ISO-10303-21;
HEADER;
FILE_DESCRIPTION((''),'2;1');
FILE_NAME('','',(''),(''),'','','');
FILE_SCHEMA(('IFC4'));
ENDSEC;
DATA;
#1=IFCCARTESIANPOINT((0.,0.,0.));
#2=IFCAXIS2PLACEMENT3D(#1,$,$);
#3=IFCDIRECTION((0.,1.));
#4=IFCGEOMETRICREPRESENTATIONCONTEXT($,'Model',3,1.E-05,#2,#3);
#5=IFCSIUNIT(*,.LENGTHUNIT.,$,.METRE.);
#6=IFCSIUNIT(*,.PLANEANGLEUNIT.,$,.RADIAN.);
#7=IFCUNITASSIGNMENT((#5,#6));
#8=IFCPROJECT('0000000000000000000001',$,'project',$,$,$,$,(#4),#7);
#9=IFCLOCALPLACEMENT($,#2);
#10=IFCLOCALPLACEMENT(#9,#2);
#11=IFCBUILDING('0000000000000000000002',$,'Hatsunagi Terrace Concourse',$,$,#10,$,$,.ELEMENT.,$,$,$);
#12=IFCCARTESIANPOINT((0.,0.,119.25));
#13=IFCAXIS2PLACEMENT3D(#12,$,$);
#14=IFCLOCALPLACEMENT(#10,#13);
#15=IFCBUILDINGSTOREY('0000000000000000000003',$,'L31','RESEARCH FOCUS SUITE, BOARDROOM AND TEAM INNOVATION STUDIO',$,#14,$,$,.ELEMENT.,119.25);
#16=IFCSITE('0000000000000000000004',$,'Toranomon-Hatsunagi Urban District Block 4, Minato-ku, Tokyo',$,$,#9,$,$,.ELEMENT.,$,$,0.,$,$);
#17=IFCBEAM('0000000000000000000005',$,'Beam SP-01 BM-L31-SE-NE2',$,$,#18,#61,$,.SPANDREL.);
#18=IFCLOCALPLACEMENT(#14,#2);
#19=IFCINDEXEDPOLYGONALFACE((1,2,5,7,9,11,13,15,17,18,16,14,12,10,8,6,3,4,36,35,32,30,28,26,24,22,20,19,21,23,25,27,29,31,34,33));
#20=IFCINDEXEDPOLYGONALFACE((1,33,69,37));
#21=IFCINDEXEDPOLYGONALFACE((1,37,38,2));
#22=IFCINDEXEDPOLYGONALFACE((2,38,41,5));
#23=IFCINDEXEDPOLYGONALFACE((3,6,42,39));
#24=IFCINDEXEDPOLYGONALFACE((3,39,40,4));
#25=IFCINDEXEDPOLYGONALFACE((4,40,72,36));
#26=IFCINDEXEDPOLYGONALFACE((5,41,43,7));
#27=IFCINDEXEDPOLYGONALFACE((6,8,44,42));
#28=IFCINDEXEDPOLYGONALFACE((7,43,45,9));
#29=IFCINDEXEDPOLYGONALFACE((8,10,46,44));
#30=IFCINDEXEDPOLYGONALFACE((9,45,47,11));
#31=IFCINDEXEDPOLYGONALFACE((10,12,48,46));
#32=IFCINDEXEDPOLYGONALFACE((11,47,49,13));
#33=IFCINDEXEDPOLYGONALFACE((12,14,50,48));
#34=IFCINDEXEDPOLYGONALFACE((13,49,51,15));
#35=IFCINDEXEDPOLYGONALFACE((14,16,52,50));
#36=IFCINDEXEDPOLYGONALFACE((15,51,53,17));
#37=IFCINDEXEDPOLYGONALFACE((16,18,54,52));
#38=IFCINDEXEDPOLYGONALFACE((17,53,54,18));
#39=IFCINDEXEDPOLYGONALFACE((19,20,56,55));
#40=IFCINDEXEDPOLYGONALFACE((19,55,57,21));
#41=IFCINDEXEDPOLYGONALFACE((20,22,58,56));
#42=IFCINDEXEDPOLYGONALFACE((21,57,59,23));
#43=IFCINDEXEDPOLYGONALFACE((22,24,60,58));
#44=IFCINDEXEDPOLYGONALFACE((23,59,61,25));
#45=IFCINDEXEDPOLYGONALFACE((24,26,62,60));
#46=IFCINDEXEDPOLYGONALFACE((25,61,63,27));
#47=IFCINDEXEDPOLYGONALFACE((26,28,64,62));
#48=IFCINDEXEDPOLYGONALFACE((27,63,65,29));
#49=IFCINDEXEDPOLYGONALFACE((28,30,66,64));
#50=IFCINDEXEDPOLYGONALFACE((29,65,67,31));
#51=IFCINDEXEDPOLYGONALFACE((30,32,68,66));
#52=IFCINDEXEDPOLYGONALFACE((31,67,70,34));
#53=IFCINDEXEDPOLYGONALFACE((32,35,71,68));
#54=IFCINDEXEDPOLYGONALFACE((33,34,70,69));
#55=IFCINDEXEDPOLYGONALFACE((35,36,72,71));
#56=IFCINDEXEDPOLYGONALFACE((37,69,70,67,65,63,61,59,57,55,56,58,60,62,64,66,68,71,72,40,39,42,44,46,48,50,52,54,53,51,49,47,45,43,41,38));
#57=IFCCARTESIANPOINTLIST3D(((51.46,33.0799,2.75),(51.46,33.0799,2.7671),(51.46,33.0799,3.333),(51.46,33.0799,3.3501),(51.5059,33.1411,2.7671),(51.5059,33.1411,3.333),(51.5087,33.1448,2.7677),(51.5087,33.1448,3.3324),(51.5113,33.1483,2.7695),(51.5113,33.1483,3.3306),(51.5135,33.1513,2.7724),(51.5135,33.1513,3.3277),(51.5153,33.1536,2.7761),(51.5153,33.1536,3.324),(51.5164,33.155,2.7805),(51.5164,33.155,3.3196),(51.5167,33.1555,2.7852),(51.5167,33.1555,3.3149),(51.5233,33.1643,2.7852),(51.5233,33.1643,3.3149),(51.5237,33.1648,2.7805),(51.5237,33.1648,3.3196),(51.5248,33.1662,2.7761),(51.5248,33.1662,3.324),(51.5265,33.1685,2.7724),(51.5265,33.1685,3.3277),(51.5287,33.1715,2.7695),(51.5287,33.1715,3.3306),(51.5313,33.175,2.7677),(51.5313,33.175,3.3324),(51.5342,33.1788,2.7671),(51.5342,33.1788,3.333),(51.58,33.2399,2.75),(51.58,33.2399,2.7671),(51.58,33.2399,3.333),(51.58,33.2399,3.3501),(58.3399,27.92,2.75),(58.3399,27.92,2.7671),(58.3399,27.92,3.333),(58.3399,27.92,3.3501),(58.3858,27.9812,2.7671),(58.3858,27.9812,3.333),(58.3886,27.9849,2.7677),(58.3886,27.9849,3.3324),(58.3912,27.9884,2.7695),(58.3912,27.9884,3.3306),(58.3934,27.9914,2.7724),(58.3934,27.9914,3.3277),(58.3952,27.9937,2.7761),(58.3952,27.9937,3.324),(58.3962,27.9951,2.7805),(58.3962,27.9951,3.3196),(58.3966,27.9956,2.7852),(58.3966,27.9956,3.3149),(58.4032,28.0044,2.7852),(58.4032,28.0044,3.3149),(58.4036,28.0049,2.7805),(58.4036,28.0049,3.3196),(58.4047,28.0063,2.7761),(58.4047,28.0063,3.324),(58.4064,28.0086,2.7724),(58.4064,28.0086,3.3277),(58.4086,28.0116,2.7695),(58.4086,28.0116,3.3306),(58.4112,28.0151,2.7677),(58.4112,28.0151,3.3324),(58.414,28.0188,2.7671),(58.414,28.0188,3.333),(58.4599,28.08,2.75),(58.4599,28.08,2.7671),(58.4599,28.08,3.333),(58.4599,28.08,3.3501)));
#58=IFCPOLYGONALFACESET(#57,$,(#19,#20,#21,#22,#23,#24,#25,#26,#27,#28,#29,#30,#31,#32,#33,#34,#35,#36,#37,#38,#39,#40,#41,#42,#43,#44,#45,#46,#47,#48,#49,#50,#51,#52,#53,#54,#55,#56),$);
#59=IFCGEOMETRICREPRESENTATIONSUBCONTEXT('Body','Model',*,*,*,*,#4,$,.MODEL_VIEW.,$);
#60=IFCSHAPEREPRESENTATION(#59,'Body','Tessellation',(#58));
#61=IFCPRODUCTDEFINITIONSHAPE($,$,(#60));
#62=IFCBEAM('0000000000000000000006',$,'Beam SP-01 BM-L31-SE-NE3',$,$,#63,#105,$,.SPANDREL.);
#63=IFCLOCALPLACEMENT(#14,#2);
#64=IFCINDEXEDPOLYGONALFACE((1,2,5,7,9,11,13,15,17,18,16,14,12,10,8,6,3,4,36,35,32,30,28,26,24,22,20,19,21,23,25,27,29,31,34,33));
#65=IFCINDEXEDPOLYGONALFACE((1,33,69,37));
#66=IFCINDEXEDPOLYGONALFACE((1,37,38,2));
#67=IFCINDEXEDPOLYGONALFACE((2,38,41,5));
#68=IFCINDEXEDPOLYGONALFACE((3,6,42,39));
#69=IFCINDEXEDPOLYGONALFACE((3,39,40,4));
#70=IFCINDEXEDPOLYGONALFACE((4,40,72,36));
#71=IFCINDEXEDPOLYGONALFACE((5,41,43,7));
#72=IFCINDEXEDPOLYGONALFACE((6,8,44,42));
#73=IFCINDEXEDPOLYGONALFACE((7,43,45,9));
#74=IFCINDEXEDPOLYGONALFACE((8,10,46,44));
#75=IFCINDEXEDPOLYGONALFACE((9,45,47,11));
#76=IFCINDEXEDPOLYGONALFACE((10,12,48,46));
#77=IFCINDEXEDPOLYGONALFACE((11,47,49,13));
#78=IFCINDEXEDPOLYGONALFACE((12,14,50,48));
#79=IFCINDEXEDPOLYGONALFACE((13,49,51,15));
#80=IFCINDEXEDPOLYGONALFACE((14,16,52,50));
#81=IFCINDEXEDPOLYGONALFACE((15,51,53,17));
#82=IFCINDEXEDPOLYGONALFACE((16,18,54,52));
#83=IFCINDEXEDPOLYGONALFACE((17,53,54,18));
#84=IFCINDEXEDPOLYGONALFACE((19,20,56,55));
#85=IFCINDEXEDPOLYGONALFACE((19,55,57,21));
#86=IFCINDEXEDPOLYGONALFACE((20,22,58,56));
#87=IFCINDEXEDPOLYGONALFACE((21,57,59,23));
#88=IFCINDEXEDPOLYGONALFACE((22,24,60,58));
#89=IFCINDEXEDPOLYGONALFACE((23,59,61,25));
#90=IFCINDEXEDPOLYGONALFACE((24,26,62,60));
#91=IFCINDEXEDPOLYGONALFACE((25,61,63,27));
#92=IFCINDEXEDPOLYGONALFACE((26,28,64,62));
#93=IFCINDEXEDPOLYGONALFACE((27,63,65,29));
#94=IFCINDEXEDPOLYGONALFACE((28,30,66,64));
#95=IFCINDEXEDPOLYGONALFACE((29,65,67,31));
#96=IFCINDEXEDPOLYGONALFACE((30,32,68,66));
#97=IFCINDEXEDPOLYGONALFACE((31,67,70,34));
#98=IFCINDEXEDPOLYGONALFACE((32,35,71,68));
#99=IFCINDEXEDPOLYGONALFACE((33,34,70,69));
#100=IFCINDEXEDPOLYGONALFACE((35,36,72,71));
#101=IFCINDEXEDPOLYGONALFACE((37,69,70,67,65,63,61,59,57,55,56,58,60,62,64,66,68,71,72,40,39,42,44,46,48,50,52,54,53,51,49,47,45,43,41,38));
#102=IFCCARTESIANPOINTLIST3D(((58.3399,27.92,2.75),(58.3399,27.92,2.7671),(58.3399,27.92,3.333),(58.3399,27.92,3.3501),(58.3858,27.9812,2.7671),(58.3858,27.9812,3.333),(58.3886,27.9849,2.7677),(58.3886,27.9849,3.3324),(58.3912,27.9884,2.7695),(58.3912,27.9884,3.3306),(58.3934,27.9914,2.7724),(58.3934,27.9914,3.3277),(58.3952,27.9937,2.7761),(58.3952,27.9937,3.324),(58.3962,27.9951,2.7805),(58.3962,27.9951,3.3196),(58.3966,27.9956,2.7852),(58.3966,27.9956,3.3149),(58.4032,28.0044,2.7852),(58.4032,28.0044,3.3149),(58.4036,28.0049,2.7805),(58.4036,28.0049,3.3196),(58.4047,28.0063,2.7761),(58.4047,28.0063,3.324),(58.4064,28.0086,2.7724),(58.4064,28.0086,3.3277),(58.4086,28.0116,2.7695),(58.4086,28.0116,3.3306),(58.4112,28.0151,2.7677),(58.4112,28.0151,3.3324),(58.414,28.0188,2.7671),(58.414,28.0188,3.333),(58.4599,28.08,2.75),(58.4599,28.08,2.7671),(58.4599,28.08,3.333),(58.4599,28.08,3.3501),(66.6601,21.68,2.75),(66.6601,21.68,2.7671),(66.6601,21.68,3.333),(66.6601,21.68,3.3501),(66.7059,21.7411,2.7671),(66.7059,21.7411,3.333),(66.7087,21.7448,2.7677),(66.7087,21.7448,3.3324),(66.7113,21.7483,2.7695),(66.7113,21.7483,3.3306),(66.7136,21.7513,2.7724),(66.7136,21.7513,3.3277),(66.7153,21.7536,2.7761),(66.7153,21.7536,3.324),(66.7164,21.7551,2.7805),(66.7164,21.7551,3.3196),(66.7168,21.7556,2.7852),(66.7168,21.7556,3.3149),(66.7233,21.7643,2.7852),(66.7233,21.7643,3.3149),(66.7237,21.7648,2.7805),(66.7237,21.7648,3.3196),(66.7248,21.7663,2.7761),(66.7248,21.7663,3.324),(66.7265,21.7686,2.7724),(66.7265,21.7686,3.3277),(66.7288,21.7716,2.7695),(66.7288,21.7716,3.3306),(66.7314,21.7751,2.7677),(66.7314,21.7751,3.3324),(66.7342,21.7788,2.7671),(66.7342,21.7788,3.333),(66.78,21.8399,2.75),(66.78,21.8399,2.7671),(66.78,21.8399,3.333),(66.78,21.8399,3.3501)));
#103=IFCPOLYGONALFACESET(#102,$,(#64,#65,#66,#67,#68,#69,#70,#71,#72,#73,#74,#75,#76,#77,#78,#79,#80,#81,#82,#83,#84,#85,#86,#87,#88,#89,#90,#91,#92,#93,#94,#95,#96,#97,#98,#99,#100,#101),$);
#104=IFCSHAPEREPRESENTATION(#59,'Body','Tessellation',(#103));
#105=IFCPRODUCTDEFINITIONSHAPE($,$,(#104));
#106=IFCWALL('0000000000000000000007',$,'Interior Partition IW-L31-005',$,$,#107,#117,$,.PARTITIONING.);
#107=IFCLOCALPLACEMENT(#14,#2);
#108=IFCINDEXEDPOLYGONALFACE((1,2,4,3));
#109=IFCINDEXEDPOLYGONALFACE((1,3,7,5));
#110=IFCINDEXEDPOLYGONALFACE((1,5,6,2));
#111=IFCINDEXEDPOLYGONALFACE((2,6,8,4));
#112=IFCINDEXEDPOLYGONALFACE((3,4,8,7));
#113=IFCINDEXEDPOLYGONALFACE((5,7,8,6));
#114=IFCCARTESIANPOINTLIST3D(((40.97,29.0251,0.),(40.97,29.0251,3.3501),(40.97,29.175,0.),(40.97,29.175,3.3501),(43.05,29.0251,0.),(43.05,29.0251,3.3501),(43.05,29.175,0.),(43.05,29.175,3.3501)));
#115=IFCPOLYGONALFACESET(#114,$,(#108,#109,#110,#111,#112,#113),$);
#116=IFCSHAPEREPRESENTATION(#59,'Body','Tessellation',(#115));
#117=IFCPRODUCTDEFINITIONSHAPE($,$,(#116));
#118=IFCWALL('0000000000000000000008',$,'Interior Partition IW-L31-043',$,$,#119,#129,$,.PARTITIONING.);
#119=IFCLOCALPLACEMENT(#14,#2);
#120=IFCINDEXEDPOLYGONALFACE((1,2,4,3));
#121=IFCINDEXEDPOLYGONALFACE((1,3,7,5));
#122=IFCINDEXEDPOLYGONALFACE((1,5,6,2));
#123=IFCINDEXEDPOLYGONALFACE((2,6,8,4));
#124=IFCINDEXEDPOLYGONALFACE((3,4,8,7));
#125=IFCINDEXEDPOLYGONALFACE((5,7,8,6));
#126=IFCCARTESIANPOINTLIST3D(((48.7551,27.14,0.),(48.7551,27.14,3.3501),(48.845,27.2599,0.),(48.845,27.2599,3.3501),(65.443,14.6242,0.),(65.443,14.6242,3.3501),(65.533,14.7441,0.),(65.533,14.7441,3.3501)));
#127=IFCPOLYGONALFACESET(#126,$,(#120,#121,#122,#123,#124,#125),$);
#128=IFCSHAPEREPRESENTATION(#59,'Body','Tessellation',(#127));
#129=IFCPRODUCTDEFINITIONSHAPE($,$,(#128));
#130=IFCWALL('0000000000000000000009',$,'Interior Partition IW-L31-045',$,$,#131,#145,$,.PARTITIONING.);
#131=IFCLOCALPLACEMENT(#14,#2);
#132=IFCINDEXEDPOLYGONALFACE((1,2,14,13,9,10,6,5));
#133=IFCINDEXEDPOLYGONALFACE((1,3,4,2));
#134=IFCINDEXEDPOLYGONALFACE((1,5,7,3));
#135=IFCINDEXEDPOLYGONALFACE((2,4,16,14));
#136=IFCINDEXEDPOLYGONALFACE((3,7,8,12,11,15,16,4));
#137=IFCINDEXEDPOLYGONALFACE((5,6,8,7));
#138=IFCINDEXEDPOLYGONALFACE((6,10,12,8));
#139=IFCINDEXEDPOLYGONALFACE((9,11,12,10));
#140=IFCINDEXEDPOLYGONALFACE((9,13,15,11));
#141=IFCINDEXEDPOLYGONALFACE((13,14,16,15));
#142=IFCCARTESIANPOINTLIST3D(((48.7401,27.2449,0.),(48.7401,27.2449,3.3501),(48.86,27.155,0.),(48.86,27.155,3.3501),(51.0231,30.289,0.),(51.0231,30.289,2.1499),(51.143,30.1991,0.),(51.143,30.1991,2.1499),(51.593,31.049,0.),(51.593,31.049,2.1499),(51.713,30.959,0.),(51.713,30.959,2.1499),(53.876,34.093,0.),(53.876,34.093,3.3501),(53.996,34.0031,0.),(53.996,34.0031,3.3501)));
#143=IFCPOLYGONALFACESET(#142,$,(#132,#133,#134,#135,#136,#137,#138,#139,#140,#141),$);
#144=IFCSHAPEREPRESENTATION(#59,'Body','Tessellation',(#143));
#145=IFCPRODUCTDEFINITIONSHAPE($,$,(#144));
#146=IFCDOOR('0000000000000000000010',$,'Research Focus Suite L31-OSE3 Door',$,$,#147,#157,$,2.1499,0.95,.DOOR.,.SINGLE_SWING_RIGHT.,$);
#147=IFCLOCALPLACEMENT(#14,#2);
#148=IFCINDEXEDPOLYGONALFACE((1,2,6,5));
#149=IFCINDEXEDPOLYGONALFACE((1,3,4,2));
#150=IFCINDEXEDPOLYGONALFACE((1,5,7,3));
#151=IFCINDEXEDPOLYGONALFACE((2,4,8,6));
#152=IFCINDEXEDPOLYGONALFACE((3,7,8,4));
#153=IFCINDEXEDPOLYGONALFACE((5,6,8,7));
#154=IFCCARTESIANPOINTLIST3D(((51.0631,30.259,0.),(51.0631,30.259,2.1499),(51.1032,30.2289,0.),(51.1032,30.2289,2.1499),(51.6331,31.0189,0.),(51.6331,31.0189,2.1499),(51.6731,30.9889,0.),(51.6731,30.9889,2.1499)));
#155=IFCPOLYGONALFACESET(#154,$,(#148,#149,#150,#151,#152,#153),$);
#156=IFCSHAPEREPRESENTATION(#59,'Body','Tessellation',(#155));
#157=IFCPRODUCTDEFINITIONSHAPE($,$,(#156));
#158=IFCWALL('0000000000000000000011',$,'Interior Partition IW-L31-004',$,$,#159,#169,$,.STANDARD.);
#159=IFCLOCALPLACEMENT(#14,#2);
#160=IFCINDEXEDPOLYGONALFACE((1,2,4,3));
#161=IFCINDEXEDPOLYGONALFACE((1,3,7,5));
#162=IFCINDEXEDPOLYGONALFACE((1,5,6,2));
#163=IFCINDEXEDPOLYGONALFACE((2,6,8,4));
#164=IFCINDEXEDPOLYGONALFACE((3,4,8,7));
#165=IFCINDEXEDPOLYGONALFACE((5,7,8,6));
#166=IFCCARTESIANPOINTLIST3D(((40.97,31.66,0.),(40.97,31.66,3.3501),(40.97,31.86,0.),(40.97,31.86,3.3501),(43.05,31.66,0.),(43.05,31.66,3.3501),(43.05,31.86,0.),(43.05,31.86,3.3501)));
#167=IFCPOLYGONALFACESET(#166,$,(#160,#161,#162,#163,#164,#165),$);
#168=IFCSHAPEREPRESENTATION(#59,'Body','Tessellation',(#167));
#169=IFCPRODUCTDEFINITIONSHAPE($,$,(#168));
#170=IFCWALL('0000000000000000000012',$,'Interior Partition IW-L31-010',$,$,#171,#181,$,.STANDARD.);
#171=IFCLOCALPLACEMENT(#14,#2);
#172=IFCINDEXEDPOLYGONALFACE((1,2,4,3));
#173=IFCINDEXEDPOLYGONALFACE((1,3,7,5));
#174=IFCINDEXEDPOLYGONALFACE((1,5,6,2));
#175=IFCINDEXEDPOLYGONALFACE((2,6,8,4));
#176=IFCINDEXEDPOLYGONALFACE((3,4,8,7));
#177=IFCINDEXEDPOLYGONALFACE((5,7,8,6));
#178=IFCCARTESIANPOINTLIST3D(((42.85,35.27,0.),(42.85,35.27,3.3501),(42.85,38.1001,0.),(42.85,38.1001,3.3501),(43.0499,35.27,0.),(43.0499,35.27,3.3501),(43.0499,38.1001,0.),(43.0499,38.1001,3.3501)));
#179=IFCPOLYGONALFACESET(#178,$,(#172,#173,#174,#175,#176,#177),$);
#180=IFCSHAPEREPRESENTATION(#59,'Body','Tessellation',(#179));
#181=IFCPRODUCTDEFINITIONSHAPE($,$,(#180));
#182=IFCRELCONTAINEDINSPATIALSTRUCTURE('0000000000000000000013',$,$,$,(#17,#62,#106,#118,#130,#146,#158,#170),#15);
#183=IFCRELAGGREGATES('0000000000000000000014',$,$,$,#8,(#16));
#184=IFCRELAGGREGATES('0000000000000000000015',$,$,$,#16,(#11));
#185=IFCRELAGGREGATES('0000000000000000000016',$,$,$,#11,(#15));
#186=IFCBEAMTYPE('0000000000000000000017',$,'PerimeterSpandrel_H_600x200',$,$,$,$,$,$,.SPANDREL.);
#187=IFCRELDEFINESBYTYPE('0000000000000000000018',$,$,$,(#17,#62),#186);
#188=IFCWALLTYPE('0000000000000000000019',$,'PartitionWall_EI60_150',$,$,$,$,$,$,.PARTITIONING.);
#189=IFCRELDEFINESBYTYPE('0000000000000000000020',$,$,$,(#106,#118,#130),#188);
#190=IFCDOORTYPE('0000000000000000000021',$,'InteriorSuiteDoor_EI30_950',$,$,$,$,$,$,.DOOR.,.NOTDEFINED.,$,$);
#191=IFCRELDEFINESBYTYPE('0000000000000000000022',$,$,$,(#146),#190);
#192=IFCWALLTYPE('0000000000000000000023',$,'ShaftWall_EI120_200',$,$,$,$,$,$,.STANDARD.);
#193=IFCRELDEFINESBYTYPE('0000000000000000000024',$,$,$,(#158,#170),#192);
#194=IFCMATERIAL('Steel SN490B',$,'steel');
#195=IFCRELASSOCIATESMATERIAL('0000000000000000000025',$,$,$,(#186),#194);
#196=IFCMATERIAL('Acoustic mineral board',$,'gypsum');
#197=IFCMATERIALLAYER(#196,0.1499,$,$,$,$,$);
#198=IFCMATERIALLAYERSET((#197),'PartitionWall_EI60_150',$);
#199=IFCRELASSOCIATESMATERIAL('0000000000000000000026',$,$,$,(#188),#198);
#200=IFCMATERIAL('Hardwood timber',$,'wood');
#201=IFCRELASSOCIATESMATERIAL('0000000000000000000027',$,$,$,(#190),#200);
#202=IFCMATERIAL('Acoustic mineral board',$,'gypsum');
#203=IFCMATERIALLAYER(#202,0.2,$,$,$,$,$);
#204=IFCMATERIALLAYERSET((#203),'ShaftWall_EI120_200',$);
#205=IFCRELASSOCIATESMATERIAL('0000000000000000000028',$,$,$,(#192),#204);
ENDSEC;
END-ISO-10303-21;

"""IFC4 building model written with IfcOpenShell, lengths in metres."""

from ifc_helpers import new_model, si_unit, direction, frame, frame_2d, origin, origin_2d, place, context, subcontext, project, spatial, rectangle, i_section, extrude, material, layer, layer_set, material_profile, profile_set, type_object, element, fill, save


model = new_model("IFC4")

# Units and contexts
model_context = context("Model", 3, precision=1e-05, world=origin(), true_north=direction((0.0, 1.0)))
body_context = subcontext(model_context, "Body", "Model", "MODEL_VIEW")
ifc_project = project(units=[si_unit("LENGTHUNIT", "METRE"), si_unit("PLANEANGLEUNIT", "RADIAN")], contexts=[model_context])

# Site, building, storey
site_placement = place(None, origin())
site = spatial("IfcSite", under=ifc_project, at=site_placement, Name="Toranomon-Hatsunagi Urban District Block 4, Minato-ku, Tokyo", CompositionType="ELEMENT", RefElevation=0.0)
building_placement = place(site_placement, origin())
building = spatial("IfcBuilding", under=site, at=building_placement, Name="Hatsunagi Terrace Concourse", CompositionType="ELEMENT")
storey_placement = place(building_placement, frame((0.0, 0.0, 119.25)))
storey = spatial("IfcBuildingStorey", under=building, at=storey_placement, Name="L31", Description="RESEARCH FOCUS SUITE, BOARDROOM AND TEAM INNOVATION STUDIO", CompositionType="ELEMENT", Elevation=119.25)

# Beams
ifc_material_1 = material(Name="Steel SN490B", Category="steel")
ifc_material_profile_1 = material_profile(ifc_material_1, i_section(OverallWidth=0.2, OverallDepth=0.6001, WebThickness=0.011, FlangeThickness=0.0171, FilletRadius=0.0181, at=origin_2d()), Name="H-600x200x11x17")
ifc_profile_set_1 = profile_set([ifc_material_profile_1], Name="Steel SN490B")
beam_type_1 = type_object("IfcBeamType", Name="PerimeterSpandrel_H_600x200", PredefinedType="SPANDREL", material=ifc_profile_set_1)
beam_1_placement = place(storey_placement, frame((51.52, 33.1599, 3.05), z_axis=(0.8, -0.6, 0.0), x_axis=(0.6, 0.8, 0.0)))
element("IfcBeam", 1, at=beam_1_placement, inside=storey, type_object=beam_type_1, Name="Beam SP-01 BM-L31-SE-NE2", PredefinedType="SPANDREL", context=body_context, shape_type="SweptSolid", body=[
    extrude(i_section(OverallWidth=0.2, OverallDepth=0.6001, WebThickness=0.011, FlangeThickness=0.0171, FilletRadius=0.0181, at=origin_2d()), origin(), (0.0, 0.0, 1.0), 8.5999),
])
beam_2_placement = place(storey_placement, frame((58.3999, 28.0, 3.05), z_axis=(0.800003, -0.599996, 0.0), x_axis=(0.599996, 0.800003, 0.0)))
element("IfcBeam", 2, at=beam_2_placement, inside=storey, type_object=beam_type_1, Name="Beam SP-01 BM-L31-SE-NE3", PredefinedType="SPANDREL", context=body_context, shape_type="SweptSolid", body=[
    extrude(i_section(OverallWidth=0.2, OverallDepth=0.6001, WebThickness=0.011, FlangeThickness=0.0171, FilletRadius=0.0181, at=origin_2d()), origin(), (0.0, 0.0, 1.0), 10.4001),
])

# Walls
ifc_material_2 = material(Name="Acoustic mineral board", Category="gypsum")
ifc_layer_1 = layer(ifc_material_2, 0.1499)
ifc_layer_set_1 = layer_set([ifc_layer_1], Name="PartitionWall_EI60_150")
wall_type_1 = type_object("IfcWallType", Name="PartitionWall_EI60_150", PredefinedType="PARTITIONING", material=ifc_layer_set_1)
wall_1_placement = place(storey_placement, frame((40.97, 29.1001, 0.0), z_axis=(0.0, 0.0, 1.0), x_axis=(1.0, 0.0, 0.0)))
element("IfcWall", 3, at=wall_1_placement, inside=storey, type_object=wall_type_1, Name="Interior Partition IW-L31-005", PredefinedType="PARTITIONING", context=body_context, shape_type="SweptSolid", body=[
    extrude(rectangle(XDim=2.0801, YDim=0.1499, at=frame_2d((1.04, 0.0))), origin(), (0.0, 0.0, 1.0), 3.3501),
])
wall_2_placement = place(storey_placement, frame((48.8, 27.2, 0.0), z_axis=(0.0, 0.0, 1.0), x_axis=(0.800003, -0.599996, 0.0)))
element("IfcWall", 4, at=wall_2_placement, inside=storey, type_object=wall_type_1, Name="Interior Partition IW-L31-043", PredefinedType="PARTITIONING", context=body_context, shape_type="SweptSolid", body=[
    extrude(rectangle(XDim=20.8599, YDim=0.1499, at=frame_2d((10.4299, 0.0))), origin(), (0.0, 0.0, 1.0), 3.3501),
])

# Wall, opening, door
wall_3_placement = place(storey_placement, frame((48.8, 27.2, 0.0), z_axis=(0.0, 0.0, 1.0), x_axis=(0.599991, 0.800007, 0.0)))
wall_3 = element("IfcWall", 5, at=wall_3_placement, inside=storey, type_object=wall_type_1, Name="Interior Partition IW-L31-045", PredefinedType="PARTITIONING", context=body_context, shape_type="SweptSolid", body=[
    extrude(rectangle(XDim=8.5601, YDim=0.1499, at=frame_2d((4.28, 0.0))), origin(), (0.0, 0.0, 1.0), 3.3501),
])
opening_1_placement = place(wall_3_placement, frame((3.8049, 0.0, 0.0)))
opening_1 = element("IfcOpeningElement", 6, at=opening_1_placement, cuts=wall_3, PredefinedType="OPENING", context=body_context, shape_type="SweptSolid", body=[
    extrude(rectangle(XDim=0.95, YDim=2.1499, at=frame_2d((0.4751, 1.075))), frame((0.0, 0.085, 0.0), z_axis=(0.0, -1.0, 0.0), x_axis=(1.0, 0.0, 0.0)), (0.0, 0.0, 1.0), 0.1699),
])
ifc_material_3 = material(Name="Hardwood timber", Category="wood")
door_type_1 = type_object("IfcDoorType", Name="InteriorSuiteDoor_EI30_950", OperationType="NOTDEFINED", PredefinedType="DOOR", material=ifc_material_3)
door_1_placement = place(opening_1_placement, origin())
door_1 = element("IfcDoor", 7, at=door_1_placement, inside=storey, type_object=door_type_1, Name="Research Focus Suite L31-OSE3 Door", OperationType="SINGLE_SWING_RIGHT", OverallHeight=2.1499, OverallWidth=0.95, PredefinedType="DOOR", context=body_context, shape_type="SweptSolid", body=[
    extrude(rectangle(XDim=0.95, YDim=2.1499, at=frame_2d((0.4751, 1.075))), frame((0.0, 0.0249, 0.0), z_axis=(0.0, -1.0, 0.0), x_axis=(1.0, 0.0, 0.0)), (0.0, 0.0, 1.0), 0.05),
])
fill(opening_1, door_1)

# Walls
ifc_material_4 = material(Name="Acoustic mineral board", Category="gypsum")
ifc_layer_2 = layer(ifc_material_4, 0.2)
ifc_layer_set_2 = layer_set([ifc_layer_2], Name="ShaftWall_EI120_200")
wall_type_2 = type_object("IfcWallType", Name="ShaftWall_EI120_200", PredefinedType="STANDARD", material=ifc_layer_set_2)
wall_4_placement = place(storey_placement, frame((40.97, 31.76, 0.0), z_axis=(0.0, 0.0, 1.0), x_axis=(1.0, 0.0, 0.0)))
element("IfcWall", 8, at=wall_4_placement, inside=storey, type_object=wall_type_2, Name="Interior Partition IW-L31-004", PredefinedType="STANDARD", context=body_context, shape_type="SweptSolid", body=[
    extrude(rectangle(XDim=2.0801, YDim=0.2, at=frame_2d((1.04, 0.0))), origin(), (0.0, 0.0, 1.0), 3.3501),
])
wall_5_placement = place(storey_placement, frame((42.95, 35.27, 0.0), z_axis=(0.0, 0.0, 1.0), x_axis=(0.0, 1.0, 0.0)))
element("IfcWall", 9, at=wall_5_placement, inside=storey, type_object=wall_type_2, Name="Interior Partition IW-L31-010", PredefinedType="STANDARD", context=body_context, shape_type="SweptSolid", body=[
    extrude(rectangle(XDim=2.8301, YDim=0.2, at=frame_2d((1.415, 0.0))), origin(), (0.0, 0.0, 1.0), 3.3501),
])

save(model, "model.ifc")
